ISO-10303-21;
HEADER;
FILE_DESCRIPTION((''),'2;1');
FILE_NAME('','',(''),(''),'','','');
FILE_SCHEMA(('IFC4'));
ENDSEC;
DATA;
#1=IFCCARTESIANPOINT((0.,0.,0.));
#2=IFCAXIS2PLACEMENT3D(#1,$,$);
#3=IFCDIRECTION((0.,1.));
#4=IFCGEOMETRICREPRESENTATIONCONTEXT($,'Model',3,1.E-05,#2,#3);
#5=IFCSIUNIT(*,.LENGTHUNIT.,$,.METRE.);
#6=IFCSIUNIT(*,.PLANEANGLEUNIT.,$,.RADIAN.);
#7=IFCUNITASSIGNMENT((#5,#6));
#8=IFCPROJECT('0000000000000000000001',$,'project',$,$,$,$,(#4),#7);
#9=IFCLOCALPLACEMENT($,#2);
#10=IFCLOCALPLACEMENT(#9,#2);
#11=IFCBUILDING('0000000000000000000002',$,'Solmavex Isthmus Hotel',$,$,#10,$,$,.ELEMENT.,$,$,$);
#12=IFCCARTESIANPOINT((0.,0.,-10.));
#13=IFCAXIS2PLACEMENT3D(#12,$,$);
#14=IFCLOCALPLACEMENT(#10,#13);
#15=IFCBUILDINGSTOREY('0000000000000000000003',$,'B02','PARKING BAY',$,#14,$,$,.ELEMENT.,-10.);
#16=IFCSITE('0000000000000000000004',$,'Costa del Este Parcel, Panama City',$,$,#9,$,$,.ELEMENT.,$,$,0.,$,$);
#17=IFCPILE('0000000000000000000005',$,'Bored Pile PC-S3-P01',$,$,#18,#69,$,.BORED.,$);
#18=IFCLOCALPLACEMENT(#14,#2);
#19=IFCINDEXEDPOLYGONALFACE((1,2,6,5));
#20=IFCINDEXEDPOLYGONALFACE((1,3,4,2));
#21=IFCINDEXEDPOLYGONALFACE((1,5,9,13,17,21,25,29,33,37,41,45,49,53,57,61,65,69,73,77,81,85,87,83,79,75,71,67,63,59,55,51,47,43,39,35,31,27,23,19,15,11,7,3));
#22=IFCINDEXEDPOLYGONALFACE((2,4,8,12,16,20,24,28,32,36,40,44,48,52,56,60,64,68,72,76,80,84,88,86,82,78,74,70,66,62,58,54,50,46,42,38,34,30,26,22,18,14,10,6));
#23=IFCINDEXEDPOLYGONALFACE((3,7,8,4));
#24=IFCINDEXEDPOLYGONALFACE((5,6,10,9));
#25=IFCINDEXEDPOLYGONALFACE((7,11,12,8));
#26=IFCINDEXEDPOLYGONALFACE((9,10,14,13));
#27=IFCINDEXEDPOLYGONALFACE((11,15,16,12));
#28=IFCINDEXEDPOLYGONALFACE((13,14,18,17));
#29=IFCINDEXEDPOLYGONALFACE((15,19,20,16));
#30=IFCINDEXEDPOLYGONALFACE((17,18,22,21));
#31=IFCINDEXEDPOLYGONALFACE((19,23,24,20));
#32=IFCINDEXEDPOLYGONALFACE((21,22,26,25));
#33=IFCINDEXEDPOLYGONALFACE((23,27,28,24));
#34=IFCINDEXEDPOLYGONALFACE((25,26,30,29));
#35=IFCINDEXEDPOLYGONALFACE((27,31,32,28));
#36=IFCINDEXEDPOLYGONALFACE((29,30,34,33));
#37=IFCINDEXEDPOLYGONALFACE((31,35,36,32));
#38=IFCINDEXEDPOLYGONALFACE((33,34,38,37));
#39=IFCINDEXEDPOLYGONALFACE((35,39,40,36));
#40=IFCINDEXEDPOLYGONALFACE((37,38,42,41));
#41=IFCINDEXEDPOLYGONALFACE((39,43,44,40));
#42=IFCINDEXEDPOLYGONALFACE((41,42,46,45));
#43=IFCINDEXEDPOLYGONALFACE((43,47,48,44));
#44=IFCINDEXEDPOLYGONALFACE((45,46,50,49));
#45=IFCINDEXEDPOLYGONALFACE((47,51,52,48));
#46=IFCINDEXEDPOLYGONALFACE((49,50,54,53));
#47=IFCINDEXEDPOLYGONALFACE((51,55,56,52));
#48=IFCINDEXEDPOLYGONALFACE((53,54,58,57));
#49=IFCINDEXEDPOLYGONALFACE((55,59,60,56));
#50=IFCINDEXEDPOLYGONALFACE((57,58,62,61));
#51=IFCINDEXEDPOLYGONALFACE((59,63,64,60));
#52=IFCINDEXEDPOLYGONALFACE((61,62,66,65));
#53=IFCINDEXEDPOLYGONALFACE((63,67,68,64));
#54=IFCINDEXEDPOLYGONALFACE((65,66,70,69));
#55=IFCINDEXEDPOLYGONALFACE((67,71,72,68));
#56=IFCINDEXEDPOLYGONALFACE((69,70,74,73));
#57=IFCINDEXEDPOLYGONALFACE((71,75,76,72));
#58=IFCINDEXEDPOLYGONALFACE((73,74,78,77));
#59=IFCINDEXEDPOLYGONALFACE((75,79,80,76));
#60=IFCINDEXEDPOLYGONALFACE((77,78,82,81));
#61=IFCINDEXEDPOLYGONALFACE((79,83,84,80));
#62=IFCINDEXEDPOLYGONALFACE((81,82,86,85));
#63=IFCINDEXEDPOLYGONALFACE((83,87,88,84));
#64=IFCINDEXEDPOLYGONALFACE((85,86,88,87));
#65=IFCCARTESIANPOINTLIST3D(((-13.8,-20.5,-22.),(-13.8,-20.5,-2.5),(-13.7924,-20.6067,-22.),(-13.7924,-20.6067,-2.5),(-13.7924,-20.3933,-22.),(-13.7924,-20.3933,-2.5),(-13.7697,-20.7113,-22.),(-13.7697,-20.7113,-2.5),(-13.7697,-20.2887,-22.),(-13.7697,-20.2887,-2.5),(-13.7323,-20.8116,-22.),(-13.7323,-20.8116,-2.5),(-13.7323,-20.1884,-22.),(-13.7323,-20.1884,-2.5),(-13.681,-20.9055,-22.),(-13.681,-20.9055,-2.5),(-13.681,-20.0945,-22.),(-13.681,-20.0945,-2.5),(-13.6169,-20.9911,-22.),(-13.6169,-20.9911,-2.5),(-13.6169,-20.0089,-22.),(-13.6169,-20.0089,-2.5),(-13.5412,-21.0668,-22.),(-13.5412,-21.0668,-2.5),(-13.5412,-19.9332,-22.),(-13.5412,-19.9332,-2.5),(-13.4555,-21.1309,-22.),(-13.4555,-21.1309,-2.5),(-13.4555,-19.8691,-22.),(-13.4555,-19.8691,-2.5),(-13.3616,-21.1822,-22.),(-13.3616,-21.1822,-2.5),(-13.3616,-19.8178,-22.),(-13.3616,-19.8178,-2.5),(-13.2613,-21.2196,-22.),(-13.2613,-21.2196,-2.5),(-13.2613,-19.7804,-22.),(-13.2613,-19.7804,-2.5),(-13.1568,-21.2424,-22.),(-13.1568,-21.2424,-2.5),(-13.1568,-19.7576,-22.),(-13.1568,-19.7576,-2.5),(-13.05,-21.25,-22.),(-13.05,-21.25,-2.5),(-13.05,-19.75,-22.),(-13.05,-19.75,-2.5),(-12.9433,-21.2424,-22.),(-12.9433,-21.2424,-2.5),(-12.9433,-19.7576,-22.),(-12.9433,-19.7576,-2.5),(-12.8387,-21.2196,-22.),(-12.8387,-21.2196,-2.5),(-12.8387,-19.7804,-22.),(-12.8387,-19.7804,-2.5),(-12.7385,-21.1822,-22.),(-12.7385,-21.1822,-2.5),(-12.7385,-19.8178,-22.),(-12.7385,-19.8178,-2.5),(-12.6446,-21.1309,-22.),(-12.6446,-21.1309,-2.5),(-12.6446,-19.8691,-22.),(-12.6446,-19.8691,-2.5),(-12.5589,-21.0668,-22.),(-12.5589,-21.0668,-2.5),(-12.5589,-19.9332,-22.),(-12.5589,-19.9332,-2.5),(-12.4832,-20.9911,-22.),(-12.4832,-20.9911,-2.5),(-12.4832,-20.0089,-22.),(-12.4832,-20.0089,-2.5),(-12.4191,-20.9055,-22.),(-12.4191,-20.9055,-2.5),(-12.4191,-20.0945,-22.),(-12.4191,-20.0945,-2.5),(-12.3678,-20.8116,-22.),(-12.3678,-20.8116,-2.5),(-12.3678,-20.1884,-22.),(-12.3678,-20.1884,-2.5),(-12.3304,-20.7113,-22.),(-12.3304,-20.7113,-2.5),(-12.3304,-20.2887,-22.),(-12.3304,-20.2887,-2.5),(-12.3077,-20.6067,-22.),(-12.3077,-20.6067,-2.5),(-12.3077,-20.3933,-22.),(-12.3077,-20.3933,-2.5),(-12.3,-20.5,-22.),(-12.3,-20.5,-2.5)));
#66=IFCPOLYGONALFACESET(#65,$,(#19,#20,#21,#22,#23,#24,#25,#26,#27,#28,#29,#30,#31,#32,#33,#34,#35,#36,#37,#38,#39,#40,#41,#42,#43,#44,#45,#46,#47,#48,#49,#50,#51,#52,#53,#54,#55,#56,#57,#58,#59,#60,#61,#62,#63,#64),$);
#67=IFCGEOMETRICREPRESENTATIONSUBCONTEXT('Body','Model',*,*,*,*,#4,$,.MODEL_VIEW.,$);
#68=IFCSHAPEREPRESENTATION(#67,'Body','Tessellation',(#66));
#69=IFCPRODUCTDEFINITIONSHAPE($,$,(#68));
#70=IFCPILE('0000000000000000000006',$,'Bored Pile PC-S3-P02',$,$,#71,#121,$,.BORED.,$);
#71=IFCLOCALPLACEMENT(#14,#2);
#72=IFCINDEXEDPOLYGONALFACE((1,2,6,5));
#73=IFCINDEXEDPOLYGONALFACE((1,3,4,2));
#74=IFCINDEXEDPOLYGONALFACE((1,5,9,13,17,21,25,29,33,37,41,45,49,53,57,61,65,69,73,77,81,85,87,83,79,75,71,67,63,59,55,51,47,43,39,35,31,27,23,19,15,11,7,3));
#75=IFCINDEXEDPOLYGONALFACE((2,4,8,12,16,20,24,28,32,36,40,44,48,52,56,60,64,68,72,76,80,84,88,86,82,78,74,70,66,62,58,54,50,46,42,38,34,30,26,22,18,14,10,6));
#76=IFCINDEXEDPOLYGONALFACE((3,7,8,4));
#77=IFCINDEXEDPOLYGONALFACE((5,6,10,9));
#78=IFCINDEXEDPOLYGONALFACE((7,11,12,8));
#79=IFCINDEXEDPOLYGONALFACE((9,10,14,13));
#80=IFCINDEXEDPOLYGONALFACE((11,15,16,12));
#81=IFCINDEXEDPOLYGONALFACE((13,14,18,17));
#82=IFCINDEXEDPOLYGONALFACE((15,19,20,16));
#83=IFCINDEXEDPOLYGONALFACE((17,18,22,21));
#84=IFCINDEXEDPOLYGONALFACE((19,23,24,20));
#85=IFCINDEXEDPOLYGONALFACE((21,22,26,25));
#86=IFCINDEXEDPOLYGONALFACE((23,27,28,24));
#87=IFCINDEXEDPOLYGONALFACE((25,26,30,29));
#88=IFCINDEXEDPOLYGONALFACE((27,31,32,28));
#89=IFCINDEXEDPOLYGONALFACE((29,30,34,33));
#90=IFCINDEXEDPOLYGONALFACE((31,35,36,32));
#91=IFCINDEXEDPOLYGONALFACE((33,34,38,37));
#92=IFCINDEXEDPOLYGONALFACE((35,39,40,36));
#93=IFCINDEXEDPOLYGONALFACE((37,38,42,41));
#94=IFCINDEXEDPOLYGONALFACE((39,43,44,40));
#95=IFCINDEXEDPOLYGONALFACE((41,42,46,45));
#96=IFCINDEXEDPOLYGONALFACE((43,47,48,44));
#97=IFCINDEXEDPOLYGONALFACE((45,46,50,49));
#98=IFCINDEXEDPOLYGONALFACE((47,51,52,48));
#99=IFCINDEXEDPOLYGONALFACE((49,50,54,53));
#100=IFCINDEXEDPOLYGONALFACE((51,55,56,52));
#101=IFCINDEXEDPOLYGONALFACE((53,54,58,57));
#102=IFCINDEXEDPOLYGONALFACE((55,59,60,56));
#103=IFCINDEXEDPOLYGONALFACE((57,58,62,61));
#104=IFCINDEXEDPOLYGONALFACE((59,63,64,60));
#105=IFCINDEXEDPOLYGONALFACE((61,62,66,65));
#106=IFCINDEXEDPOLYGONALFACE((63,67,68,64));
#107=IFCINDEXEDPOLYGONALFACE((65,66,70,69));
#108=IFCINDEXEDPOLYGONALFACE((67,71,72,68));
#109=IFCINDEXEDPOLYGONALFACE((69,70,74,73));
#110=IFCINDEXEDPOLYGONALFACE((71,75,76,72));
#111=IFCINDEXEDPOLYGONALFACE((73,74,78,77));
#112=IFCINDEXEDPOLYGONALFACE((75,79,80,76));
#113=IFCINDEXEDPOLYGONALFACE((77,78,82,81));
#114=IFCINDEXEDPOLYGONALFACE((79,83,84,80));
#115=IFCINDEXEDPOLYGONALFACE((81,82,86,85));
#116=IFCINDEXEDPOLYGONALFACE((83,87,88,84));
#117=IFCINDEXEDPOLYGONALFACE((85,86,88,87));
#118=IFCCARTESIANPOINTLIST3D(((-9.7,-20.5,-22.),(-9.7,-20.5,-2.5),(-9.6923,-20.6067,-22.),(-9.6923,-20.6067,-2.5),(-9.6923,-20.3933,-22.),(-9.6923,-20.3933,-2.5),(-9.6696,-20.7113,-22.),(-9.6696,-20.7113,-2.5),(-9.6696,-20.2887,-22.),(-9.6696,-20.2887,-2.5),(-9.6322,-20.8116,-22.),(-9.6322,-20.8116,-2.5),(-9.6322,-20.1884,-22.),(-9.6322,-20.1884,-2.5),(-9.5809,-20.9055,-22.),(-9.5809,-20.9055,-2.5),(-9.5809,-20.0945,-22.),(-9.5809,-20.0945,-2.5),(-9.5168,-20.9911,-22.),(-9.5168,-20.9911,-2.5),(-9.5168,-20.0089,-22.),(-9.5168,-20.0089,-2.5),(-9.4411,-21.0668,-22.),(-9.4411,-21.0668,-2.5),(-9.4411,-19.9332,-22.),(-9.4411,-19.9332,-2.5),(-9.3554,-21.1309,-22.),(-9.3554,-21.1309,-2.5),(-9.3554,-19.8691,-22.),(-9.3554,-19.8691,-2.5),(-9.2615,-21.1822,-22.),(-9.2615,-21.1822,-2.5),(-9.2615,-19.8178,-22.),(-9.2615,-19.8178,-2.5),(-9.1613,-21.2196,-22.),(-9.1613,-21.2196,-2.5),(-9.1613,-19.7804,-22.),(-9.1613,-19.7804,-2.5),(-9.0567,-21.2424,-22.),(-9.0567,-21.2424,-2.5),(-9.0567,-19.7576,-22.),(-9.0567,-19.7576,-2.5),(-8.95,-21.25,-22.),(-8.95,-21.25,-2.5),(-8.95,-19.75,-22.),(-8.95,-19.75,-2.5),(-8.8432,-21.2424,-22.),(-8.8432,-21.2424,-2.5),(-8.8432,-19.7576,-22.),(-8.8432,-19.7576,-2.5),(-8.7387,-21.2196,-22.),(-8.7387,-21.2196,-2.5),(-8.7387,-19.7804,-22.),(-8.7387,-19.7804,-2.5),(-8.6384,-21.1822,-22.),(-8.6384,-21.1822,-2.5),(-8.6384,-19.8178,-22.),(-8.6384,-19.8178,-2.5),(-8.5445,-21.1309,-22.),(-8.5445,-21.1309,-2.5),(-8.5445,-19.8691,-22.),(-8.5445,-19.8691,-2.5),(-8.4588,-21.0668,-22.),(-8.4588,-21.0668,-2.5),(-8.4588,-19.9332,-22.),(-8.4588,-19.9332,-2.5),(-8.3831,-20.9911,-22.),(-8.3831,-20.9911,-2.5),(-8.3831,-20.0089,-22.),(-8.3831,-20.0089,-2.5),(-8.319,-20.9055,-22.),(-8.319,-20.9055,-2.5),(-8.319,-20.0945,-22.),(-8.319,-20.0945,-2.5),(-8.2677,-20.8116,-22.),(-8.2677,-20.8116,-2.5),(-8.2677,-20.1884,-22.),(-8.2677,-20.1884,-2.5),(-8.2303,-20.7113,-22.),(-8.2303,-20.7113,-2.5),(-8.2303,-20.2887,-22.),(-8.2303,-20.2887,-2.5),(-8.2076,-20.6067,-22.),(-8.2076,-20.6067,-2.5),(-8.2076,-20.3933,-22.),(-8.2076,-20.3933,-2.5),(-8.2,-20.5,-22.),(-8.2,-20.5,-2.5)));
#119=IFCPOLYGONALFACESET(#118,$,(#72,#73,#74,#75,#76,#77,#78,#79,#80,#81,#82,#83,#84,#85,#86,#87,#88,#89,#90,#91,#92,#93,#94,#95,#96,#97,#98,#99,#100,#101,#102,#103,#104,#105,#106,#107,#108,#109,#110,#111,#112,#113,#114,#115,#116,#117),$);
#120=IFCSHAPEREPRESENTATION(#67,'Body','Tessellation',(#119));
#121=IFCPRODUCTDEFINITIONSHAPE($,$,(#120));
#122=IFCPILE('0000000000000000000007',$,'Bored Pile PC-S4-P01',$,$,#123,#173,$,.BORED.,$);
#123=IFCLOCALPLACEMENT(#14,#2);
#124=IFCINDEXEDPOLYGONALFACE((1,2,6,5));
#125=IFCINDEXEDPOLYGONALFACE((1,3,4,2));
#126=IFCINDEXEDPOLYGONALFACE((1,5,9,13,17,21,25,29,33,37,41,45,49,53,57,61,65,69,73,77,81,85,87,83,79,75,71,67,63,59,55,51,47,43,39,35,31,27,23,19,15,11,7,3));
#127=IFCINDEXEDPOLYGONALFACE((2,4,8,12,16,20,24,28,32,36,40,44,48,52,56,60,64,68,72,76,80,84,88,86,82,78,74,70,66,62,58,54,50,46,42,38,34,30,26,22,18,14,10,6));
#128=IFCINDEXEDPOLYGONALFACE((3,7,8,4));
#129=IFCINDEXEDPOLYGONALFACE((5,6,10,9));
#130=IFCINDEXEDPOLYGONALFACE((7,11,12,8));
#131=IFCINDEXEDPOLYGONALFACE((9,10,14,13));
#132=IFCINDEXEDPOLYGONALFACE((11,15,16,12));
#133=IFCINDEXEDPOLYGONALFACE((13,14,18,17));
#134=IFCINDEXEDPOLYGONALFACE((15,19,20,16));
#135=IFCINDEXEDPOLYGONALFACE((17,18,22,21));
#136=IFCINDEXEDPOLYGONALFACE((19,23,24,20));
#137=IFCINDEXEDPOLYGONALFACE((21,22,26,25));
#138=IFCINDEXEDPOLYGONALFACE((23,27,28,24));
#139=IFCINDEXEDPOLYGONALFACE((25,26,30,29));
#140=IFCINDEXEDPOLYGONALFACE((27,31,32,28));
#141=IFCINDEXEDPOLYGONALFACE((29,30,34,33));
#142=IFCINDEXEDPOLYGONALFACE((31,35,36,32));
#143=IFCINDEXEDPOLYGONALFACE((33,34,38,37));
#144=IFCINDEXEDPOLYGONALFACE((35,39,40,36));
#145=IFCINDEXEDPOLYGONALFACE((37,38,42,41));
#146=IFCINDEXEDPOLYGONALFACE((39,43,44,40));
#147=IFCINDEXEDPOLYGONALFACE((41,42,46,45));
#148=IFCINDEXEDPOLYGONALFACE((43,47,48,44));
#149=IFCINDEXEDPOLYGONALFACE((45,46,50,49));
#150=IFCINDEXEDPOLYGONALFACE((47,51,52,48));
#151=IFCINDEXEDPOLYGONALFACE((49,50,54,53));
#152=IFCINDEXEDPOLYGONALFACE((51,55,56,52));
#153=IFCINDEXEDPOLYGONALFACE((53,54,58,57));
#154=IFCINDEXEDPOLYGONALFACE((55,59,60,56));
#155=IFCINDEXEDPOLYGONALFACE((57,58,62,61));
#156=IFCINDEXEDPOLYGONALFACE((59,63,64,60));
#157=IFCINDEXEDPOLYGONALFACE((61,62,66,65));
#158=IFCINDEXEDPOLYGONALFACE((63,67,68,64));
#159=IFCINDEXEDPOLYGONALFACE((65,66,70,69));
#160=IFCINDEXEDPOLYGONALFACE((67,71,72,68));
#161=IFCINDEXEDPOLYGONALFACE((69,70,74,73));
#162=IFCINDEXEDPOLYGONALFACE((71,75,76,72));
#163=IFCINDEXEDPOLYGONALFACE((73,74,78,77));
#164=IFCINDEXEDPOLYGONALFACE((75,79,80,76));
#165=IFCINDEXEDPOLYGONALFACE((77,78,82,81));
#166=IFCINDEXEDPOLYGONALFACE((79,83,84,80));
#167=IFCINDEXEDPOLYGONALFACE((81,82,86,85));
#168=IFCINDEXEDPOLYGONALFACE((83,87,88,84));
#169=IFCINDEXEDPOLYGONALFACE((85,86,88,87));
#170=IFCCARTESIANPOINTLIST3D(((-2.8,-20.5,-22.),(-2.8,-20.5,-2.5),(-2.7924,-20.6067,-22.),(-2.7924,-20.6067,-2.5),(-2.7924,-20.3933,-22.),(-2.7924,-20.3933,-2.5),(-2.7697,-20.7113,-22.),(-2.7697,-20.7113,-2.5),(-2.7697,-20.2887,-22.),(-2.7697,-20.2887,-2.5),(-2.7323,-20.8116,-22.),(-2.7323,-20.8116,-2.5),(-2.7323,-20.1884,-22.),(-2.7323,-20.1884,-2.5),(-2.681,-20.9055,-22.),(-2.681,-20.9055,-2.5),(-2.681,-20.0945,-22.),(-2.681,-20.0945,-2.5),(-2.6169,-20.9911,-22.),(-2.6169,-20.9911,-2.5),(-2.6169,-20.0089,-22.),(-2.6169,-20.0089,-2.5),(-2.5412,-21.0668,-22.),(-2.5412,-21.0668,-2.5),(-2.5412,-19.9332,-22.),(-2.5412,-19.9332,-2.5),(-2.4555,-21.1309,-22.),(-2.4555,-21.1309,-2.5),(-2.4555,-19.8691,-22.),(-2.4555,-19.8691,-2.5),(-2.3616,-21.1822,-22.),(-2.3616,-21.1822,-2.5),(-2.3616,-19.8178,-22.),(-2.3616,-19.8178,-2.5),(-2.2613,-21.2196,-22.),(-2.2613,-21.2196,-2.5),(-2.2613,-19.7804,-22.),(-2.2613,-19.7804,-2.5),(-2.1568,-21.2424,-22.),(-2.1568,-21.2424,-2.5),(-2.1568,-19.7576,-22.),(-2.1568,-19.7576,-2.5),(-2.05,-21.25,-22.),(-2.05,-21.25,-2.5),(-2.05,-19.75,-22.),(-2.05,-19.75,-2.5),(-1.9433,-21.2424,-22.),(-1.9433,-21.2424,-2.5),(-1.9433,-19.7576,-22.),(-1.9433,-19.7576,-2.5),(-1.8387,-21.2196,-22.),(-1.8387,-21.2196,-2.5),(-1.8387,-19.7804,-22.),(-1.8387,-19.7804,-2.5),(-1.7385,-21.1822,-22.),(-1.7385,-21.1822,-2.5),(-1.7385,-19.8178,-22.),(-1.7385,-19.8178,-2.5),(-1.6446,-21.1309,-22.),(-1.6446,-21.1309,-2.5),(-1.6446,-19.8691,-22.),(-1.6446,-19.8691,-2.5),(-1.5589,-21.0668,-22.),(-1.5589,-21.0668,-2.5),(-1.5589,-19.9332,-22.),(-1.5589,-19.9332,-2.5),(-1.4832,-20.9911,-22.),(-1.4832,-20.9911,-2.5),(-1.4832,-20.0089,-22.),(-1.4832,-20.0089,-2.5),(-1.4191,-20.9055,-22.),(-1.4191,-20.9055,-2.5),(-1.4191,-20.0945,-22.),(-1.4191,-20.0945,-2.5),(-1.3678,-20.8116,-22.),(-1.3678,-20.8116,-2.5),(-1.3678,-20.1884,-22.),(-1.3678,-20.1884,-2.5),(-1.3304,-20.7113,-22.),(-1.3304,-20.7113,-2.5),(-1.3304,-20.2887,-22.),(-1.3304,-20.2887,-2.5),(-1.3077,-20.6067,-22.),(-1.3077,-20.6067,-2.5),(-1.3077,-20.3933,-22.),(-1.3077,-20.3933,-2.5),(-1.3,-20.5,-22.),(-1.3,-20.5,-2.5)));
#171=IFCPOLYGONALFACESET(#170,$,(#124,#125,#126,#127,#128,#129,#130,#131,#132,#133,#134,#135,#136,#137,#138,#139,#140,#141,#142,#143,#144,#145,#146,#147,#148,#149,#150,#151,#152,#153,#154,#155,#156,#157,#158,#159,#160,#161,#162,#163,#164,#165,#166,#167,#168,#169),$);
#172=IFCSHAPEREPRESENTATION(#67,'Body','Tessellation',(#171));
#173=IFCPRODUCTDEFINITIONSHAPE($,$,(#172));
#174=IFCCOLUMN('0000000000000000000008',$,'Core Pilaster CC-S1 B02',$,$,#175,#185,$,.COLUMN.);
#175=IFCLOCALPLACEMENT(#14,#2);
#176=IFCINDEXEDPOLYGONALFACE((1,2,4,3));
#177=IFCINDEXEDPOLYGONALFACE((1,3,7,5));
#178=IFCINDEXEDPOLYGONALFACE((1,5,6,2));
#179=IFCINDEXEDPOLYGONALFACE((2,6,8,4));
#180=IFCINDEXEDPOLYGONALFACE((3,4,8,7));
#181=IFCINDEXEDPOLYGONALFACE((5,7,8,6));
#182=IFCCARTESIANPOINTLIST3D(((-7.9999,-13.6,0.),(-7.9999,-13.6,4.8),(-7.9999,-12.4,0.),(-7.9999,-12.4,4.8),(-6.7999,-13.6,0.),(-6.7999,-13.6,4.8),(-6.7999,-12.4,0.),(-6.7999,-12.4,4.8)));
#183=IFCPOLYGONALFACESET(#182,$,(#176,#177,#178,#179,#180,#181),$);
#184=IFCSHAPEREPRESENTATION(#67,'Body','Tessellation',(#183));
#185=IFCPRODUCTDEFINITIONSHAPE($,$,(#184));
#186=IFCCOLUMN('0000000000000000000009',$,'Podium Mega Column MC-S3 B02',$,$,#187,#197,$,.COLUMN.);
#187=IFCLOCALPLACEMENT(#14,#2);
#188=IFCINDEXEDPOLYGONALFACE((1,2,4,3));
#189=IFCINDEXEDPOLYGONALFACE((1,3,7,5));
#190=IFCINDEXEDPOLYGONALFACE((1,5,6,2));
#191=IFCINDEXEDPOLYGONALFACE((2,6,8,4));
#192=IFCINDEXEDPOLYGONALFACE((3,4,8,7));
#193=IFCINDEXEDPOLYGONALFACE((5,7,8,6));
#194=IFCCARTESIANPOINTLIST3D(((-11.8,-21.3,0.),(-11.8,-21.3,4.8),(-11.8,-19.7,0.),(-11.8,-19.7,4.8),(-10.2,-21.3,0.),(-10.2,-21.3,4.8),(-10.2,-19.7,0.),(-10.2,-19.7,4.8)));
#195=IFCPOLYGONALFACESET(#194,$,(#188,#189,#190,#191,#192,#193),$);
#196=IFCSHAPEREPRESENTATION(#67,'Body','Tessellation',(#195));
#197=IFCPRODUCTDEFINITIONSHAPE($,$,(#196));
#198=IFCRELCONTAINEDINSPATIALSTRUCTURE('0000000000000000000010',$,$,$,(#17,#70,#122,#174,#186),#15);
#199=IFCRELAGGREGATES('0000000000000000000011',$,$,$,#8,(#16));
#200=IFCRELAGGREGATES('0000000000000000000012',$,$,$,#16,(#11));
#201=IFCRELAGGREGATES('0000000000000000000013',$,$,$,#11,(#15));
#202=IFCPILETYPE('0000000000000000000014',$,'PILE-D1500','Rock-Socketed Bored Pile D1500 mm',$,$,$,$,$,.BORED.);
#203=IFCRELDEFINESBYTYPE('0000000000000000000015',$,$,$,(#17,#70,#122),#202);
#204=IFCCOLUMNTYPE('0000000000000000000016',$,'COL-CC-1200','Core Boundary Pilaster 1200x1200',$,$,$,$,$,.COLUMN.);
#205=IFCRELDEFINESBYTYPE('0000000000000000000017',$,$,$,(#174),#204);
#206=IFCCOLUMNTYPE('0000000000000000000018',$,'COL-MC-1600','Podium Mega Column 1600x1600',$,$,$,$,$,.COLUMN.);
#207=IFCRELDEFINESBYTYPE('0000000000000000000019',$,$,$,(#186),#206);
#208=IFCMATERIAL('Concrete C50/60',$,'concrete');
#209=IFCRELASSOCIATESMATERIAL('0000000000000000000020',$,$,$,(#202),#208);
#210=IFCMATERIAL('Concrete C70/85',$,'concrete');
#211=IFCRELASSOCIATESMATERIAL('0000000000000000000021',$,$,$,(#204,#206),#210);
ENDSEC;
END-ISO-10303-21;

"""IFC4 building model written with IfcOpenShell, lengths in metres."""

from ifc_helpers import new_model, si_unit, direction, frame, origin, origin_2d, place, context, subcontext, project, spatial, rectangle, circle, extrude, material, material_profile, profile_set, type_object, element, save


model = new_model("IFC4")

# Units and contexts
model_context = context("Model", 3, precision=1e-05, world=origin(), true_north=direction((0.0, 1.0)))
body_context = subcontext(model_context, "Body", "Model", "MODEL_VIEW")
ifc_project = project(units=[si_unit("LENGTHUNIT", "METRE"), si_unit("PLANEANGLEUNIT", "RADIAN")], contexts=[model_context])

# Site, building, storey
site_placement = place(None, origin())
site = spatial("IfcSite", under=ifc_project, at=site_placement, Name="Costa del Este Parcel, Panama City", CompositionType="ELEMENT", RefElevation=0.0)
building_placement = place(site_placement, origin())
building = spatial("IfcBuilding", under=site, at=building_placement, Name="Solmavex Isthmus Hotel", CompositionType="ELEMENT")
storey_placement = place(building_placement, frame((0.0, 0.0, -10.0)))
storey = spatial("IfcBuildingStorey", under=building, at=storey_placement, Name="B02", Description="PARKING BAY", CompositionType="ELEMENT", Elevation=-10.0)

# Shared definitions
ifc_material_1 = material(Name="Concrete C50/60", Category="concrete")

# Piles
ifc_material_profile_1 = material_profile(ifc_material_1, circle(Radius=0.75, at=origin_2d()), Name="PILE1500")
ifc_profile_set_1 = profile_set([ifc_material_profile_1], Name="Concrete C50/60")
pile_type = type_object("IfcPileType", Name="PILE-D1500", Description="Rock-Socketed Bored Pile D1500 mm", PredefinedType="BORED", material=ifc_profile_set_1)
for number, where, z_axis, x_axis, name in (
    (1, (-13.05, -20.5, -2.5), (0.0, 0.0, -1.0), (1.0, 0.0, 0.0), "Bored Pile PC-S3-P01"),
    (2, (-8.95, -20.5, -2.5), (0.0, 0.0, -1.0), (1.0, 0.0, 0.0), "Bored Pile PC-S3-P02"),
    (3, (-2.05, -20.5, -2.5), (0.0, 0.0, -1.0), (1.0, 0.0, 0.0), "Bored Pile PC-S4-P01"),
):
    element("IfcPile", number, at=place(storey_placement, frame(where, z_axis=z_axis, x_axis=x_axis)), inside=storey, type_object=pile_type, Name=name, PredefinedType="BORED", context=body_context, shape_type="SweptSolid", body=[
        extrude(circle(Radius=0.75, at=origin_2d()), origin(), (0.0, 0.0, 1.0), 19.5),
    ])

# Columns
ifc_material_2 = material(Name="Concrete C70/85", Category="concrete")
ifc_material_profile_2 = material_profile(ifc_material_2, rectangle(XDim=1.2, YDim=1.2, at=origin_2d()), Name="RC1200X1200")
ifc_profile_set_2 = profile_set([ifc_material_profile_2], Name="Concrete C70/85")
column_type_1 = type_object("IfcColumnType", Name="COL-CC-1200", Description="Core Boundary Pilaster 1200x1200", PredefinedType="COLUMN", material=ifc_profile_set_2)
column_1_placement = place(storey_placement, frame((-7.3999, -13.0, 0.0), z_axis=(0.0, 0.0, 1.0), x_axis=(1.0, 0.0, 0.0)))
element("IfcColumn", 4, at=column_1_placement, inside=storey, type_object=column_type_1, Name="Core Pilaster CC-S1 B02", PredefinedType="COLUMN", context=body_context, shape_type="SweptSolid", body=[
    extrude(rectangle(XDim=1.2, YDim=1.2, at=origin_2d()), origin(), (0.0, 0.0, 1.0), 4.8),
])
ifc_material_profile_3 = material_profile(ifc_material_2, rectangle(XDim=1.6001, YDim=1.6001, at=origin_2d()), Name="RC1600X1600")
ifc_profile_set_3 = profile_set([ifc_material_profile_3], Name="Concrete C70/85")
column_type_2 = type_object("IfcColumnType", Name="COL-MC-1600", Description="Podium Mega Column 1600x1600", PredefinedType="COLUMN", material=ifc_profile_set_3)
column_2_placement = place(storey_placement, frame((-11.0, -20.5, 0.0), z_axis=(0.0, 0.0, 1.0), x_axis=(1.0, 0.0, 0.0)))
element("IfcColumn", 5, at=column_2_placement, inside=storey, type_object=column_type_2, Name="Podium Mega Column MC-S3 B02", PredefinedType="COLUMN", context=body_context, shape_type="SweptSolid", body=[
    extrude(rectangle(XDim=1.6001, YDim=1.6001, at=origin_2d()), origin(), (0.0, 0.0, 1.0), 4.8),
])

save(model, "model.ifc")
